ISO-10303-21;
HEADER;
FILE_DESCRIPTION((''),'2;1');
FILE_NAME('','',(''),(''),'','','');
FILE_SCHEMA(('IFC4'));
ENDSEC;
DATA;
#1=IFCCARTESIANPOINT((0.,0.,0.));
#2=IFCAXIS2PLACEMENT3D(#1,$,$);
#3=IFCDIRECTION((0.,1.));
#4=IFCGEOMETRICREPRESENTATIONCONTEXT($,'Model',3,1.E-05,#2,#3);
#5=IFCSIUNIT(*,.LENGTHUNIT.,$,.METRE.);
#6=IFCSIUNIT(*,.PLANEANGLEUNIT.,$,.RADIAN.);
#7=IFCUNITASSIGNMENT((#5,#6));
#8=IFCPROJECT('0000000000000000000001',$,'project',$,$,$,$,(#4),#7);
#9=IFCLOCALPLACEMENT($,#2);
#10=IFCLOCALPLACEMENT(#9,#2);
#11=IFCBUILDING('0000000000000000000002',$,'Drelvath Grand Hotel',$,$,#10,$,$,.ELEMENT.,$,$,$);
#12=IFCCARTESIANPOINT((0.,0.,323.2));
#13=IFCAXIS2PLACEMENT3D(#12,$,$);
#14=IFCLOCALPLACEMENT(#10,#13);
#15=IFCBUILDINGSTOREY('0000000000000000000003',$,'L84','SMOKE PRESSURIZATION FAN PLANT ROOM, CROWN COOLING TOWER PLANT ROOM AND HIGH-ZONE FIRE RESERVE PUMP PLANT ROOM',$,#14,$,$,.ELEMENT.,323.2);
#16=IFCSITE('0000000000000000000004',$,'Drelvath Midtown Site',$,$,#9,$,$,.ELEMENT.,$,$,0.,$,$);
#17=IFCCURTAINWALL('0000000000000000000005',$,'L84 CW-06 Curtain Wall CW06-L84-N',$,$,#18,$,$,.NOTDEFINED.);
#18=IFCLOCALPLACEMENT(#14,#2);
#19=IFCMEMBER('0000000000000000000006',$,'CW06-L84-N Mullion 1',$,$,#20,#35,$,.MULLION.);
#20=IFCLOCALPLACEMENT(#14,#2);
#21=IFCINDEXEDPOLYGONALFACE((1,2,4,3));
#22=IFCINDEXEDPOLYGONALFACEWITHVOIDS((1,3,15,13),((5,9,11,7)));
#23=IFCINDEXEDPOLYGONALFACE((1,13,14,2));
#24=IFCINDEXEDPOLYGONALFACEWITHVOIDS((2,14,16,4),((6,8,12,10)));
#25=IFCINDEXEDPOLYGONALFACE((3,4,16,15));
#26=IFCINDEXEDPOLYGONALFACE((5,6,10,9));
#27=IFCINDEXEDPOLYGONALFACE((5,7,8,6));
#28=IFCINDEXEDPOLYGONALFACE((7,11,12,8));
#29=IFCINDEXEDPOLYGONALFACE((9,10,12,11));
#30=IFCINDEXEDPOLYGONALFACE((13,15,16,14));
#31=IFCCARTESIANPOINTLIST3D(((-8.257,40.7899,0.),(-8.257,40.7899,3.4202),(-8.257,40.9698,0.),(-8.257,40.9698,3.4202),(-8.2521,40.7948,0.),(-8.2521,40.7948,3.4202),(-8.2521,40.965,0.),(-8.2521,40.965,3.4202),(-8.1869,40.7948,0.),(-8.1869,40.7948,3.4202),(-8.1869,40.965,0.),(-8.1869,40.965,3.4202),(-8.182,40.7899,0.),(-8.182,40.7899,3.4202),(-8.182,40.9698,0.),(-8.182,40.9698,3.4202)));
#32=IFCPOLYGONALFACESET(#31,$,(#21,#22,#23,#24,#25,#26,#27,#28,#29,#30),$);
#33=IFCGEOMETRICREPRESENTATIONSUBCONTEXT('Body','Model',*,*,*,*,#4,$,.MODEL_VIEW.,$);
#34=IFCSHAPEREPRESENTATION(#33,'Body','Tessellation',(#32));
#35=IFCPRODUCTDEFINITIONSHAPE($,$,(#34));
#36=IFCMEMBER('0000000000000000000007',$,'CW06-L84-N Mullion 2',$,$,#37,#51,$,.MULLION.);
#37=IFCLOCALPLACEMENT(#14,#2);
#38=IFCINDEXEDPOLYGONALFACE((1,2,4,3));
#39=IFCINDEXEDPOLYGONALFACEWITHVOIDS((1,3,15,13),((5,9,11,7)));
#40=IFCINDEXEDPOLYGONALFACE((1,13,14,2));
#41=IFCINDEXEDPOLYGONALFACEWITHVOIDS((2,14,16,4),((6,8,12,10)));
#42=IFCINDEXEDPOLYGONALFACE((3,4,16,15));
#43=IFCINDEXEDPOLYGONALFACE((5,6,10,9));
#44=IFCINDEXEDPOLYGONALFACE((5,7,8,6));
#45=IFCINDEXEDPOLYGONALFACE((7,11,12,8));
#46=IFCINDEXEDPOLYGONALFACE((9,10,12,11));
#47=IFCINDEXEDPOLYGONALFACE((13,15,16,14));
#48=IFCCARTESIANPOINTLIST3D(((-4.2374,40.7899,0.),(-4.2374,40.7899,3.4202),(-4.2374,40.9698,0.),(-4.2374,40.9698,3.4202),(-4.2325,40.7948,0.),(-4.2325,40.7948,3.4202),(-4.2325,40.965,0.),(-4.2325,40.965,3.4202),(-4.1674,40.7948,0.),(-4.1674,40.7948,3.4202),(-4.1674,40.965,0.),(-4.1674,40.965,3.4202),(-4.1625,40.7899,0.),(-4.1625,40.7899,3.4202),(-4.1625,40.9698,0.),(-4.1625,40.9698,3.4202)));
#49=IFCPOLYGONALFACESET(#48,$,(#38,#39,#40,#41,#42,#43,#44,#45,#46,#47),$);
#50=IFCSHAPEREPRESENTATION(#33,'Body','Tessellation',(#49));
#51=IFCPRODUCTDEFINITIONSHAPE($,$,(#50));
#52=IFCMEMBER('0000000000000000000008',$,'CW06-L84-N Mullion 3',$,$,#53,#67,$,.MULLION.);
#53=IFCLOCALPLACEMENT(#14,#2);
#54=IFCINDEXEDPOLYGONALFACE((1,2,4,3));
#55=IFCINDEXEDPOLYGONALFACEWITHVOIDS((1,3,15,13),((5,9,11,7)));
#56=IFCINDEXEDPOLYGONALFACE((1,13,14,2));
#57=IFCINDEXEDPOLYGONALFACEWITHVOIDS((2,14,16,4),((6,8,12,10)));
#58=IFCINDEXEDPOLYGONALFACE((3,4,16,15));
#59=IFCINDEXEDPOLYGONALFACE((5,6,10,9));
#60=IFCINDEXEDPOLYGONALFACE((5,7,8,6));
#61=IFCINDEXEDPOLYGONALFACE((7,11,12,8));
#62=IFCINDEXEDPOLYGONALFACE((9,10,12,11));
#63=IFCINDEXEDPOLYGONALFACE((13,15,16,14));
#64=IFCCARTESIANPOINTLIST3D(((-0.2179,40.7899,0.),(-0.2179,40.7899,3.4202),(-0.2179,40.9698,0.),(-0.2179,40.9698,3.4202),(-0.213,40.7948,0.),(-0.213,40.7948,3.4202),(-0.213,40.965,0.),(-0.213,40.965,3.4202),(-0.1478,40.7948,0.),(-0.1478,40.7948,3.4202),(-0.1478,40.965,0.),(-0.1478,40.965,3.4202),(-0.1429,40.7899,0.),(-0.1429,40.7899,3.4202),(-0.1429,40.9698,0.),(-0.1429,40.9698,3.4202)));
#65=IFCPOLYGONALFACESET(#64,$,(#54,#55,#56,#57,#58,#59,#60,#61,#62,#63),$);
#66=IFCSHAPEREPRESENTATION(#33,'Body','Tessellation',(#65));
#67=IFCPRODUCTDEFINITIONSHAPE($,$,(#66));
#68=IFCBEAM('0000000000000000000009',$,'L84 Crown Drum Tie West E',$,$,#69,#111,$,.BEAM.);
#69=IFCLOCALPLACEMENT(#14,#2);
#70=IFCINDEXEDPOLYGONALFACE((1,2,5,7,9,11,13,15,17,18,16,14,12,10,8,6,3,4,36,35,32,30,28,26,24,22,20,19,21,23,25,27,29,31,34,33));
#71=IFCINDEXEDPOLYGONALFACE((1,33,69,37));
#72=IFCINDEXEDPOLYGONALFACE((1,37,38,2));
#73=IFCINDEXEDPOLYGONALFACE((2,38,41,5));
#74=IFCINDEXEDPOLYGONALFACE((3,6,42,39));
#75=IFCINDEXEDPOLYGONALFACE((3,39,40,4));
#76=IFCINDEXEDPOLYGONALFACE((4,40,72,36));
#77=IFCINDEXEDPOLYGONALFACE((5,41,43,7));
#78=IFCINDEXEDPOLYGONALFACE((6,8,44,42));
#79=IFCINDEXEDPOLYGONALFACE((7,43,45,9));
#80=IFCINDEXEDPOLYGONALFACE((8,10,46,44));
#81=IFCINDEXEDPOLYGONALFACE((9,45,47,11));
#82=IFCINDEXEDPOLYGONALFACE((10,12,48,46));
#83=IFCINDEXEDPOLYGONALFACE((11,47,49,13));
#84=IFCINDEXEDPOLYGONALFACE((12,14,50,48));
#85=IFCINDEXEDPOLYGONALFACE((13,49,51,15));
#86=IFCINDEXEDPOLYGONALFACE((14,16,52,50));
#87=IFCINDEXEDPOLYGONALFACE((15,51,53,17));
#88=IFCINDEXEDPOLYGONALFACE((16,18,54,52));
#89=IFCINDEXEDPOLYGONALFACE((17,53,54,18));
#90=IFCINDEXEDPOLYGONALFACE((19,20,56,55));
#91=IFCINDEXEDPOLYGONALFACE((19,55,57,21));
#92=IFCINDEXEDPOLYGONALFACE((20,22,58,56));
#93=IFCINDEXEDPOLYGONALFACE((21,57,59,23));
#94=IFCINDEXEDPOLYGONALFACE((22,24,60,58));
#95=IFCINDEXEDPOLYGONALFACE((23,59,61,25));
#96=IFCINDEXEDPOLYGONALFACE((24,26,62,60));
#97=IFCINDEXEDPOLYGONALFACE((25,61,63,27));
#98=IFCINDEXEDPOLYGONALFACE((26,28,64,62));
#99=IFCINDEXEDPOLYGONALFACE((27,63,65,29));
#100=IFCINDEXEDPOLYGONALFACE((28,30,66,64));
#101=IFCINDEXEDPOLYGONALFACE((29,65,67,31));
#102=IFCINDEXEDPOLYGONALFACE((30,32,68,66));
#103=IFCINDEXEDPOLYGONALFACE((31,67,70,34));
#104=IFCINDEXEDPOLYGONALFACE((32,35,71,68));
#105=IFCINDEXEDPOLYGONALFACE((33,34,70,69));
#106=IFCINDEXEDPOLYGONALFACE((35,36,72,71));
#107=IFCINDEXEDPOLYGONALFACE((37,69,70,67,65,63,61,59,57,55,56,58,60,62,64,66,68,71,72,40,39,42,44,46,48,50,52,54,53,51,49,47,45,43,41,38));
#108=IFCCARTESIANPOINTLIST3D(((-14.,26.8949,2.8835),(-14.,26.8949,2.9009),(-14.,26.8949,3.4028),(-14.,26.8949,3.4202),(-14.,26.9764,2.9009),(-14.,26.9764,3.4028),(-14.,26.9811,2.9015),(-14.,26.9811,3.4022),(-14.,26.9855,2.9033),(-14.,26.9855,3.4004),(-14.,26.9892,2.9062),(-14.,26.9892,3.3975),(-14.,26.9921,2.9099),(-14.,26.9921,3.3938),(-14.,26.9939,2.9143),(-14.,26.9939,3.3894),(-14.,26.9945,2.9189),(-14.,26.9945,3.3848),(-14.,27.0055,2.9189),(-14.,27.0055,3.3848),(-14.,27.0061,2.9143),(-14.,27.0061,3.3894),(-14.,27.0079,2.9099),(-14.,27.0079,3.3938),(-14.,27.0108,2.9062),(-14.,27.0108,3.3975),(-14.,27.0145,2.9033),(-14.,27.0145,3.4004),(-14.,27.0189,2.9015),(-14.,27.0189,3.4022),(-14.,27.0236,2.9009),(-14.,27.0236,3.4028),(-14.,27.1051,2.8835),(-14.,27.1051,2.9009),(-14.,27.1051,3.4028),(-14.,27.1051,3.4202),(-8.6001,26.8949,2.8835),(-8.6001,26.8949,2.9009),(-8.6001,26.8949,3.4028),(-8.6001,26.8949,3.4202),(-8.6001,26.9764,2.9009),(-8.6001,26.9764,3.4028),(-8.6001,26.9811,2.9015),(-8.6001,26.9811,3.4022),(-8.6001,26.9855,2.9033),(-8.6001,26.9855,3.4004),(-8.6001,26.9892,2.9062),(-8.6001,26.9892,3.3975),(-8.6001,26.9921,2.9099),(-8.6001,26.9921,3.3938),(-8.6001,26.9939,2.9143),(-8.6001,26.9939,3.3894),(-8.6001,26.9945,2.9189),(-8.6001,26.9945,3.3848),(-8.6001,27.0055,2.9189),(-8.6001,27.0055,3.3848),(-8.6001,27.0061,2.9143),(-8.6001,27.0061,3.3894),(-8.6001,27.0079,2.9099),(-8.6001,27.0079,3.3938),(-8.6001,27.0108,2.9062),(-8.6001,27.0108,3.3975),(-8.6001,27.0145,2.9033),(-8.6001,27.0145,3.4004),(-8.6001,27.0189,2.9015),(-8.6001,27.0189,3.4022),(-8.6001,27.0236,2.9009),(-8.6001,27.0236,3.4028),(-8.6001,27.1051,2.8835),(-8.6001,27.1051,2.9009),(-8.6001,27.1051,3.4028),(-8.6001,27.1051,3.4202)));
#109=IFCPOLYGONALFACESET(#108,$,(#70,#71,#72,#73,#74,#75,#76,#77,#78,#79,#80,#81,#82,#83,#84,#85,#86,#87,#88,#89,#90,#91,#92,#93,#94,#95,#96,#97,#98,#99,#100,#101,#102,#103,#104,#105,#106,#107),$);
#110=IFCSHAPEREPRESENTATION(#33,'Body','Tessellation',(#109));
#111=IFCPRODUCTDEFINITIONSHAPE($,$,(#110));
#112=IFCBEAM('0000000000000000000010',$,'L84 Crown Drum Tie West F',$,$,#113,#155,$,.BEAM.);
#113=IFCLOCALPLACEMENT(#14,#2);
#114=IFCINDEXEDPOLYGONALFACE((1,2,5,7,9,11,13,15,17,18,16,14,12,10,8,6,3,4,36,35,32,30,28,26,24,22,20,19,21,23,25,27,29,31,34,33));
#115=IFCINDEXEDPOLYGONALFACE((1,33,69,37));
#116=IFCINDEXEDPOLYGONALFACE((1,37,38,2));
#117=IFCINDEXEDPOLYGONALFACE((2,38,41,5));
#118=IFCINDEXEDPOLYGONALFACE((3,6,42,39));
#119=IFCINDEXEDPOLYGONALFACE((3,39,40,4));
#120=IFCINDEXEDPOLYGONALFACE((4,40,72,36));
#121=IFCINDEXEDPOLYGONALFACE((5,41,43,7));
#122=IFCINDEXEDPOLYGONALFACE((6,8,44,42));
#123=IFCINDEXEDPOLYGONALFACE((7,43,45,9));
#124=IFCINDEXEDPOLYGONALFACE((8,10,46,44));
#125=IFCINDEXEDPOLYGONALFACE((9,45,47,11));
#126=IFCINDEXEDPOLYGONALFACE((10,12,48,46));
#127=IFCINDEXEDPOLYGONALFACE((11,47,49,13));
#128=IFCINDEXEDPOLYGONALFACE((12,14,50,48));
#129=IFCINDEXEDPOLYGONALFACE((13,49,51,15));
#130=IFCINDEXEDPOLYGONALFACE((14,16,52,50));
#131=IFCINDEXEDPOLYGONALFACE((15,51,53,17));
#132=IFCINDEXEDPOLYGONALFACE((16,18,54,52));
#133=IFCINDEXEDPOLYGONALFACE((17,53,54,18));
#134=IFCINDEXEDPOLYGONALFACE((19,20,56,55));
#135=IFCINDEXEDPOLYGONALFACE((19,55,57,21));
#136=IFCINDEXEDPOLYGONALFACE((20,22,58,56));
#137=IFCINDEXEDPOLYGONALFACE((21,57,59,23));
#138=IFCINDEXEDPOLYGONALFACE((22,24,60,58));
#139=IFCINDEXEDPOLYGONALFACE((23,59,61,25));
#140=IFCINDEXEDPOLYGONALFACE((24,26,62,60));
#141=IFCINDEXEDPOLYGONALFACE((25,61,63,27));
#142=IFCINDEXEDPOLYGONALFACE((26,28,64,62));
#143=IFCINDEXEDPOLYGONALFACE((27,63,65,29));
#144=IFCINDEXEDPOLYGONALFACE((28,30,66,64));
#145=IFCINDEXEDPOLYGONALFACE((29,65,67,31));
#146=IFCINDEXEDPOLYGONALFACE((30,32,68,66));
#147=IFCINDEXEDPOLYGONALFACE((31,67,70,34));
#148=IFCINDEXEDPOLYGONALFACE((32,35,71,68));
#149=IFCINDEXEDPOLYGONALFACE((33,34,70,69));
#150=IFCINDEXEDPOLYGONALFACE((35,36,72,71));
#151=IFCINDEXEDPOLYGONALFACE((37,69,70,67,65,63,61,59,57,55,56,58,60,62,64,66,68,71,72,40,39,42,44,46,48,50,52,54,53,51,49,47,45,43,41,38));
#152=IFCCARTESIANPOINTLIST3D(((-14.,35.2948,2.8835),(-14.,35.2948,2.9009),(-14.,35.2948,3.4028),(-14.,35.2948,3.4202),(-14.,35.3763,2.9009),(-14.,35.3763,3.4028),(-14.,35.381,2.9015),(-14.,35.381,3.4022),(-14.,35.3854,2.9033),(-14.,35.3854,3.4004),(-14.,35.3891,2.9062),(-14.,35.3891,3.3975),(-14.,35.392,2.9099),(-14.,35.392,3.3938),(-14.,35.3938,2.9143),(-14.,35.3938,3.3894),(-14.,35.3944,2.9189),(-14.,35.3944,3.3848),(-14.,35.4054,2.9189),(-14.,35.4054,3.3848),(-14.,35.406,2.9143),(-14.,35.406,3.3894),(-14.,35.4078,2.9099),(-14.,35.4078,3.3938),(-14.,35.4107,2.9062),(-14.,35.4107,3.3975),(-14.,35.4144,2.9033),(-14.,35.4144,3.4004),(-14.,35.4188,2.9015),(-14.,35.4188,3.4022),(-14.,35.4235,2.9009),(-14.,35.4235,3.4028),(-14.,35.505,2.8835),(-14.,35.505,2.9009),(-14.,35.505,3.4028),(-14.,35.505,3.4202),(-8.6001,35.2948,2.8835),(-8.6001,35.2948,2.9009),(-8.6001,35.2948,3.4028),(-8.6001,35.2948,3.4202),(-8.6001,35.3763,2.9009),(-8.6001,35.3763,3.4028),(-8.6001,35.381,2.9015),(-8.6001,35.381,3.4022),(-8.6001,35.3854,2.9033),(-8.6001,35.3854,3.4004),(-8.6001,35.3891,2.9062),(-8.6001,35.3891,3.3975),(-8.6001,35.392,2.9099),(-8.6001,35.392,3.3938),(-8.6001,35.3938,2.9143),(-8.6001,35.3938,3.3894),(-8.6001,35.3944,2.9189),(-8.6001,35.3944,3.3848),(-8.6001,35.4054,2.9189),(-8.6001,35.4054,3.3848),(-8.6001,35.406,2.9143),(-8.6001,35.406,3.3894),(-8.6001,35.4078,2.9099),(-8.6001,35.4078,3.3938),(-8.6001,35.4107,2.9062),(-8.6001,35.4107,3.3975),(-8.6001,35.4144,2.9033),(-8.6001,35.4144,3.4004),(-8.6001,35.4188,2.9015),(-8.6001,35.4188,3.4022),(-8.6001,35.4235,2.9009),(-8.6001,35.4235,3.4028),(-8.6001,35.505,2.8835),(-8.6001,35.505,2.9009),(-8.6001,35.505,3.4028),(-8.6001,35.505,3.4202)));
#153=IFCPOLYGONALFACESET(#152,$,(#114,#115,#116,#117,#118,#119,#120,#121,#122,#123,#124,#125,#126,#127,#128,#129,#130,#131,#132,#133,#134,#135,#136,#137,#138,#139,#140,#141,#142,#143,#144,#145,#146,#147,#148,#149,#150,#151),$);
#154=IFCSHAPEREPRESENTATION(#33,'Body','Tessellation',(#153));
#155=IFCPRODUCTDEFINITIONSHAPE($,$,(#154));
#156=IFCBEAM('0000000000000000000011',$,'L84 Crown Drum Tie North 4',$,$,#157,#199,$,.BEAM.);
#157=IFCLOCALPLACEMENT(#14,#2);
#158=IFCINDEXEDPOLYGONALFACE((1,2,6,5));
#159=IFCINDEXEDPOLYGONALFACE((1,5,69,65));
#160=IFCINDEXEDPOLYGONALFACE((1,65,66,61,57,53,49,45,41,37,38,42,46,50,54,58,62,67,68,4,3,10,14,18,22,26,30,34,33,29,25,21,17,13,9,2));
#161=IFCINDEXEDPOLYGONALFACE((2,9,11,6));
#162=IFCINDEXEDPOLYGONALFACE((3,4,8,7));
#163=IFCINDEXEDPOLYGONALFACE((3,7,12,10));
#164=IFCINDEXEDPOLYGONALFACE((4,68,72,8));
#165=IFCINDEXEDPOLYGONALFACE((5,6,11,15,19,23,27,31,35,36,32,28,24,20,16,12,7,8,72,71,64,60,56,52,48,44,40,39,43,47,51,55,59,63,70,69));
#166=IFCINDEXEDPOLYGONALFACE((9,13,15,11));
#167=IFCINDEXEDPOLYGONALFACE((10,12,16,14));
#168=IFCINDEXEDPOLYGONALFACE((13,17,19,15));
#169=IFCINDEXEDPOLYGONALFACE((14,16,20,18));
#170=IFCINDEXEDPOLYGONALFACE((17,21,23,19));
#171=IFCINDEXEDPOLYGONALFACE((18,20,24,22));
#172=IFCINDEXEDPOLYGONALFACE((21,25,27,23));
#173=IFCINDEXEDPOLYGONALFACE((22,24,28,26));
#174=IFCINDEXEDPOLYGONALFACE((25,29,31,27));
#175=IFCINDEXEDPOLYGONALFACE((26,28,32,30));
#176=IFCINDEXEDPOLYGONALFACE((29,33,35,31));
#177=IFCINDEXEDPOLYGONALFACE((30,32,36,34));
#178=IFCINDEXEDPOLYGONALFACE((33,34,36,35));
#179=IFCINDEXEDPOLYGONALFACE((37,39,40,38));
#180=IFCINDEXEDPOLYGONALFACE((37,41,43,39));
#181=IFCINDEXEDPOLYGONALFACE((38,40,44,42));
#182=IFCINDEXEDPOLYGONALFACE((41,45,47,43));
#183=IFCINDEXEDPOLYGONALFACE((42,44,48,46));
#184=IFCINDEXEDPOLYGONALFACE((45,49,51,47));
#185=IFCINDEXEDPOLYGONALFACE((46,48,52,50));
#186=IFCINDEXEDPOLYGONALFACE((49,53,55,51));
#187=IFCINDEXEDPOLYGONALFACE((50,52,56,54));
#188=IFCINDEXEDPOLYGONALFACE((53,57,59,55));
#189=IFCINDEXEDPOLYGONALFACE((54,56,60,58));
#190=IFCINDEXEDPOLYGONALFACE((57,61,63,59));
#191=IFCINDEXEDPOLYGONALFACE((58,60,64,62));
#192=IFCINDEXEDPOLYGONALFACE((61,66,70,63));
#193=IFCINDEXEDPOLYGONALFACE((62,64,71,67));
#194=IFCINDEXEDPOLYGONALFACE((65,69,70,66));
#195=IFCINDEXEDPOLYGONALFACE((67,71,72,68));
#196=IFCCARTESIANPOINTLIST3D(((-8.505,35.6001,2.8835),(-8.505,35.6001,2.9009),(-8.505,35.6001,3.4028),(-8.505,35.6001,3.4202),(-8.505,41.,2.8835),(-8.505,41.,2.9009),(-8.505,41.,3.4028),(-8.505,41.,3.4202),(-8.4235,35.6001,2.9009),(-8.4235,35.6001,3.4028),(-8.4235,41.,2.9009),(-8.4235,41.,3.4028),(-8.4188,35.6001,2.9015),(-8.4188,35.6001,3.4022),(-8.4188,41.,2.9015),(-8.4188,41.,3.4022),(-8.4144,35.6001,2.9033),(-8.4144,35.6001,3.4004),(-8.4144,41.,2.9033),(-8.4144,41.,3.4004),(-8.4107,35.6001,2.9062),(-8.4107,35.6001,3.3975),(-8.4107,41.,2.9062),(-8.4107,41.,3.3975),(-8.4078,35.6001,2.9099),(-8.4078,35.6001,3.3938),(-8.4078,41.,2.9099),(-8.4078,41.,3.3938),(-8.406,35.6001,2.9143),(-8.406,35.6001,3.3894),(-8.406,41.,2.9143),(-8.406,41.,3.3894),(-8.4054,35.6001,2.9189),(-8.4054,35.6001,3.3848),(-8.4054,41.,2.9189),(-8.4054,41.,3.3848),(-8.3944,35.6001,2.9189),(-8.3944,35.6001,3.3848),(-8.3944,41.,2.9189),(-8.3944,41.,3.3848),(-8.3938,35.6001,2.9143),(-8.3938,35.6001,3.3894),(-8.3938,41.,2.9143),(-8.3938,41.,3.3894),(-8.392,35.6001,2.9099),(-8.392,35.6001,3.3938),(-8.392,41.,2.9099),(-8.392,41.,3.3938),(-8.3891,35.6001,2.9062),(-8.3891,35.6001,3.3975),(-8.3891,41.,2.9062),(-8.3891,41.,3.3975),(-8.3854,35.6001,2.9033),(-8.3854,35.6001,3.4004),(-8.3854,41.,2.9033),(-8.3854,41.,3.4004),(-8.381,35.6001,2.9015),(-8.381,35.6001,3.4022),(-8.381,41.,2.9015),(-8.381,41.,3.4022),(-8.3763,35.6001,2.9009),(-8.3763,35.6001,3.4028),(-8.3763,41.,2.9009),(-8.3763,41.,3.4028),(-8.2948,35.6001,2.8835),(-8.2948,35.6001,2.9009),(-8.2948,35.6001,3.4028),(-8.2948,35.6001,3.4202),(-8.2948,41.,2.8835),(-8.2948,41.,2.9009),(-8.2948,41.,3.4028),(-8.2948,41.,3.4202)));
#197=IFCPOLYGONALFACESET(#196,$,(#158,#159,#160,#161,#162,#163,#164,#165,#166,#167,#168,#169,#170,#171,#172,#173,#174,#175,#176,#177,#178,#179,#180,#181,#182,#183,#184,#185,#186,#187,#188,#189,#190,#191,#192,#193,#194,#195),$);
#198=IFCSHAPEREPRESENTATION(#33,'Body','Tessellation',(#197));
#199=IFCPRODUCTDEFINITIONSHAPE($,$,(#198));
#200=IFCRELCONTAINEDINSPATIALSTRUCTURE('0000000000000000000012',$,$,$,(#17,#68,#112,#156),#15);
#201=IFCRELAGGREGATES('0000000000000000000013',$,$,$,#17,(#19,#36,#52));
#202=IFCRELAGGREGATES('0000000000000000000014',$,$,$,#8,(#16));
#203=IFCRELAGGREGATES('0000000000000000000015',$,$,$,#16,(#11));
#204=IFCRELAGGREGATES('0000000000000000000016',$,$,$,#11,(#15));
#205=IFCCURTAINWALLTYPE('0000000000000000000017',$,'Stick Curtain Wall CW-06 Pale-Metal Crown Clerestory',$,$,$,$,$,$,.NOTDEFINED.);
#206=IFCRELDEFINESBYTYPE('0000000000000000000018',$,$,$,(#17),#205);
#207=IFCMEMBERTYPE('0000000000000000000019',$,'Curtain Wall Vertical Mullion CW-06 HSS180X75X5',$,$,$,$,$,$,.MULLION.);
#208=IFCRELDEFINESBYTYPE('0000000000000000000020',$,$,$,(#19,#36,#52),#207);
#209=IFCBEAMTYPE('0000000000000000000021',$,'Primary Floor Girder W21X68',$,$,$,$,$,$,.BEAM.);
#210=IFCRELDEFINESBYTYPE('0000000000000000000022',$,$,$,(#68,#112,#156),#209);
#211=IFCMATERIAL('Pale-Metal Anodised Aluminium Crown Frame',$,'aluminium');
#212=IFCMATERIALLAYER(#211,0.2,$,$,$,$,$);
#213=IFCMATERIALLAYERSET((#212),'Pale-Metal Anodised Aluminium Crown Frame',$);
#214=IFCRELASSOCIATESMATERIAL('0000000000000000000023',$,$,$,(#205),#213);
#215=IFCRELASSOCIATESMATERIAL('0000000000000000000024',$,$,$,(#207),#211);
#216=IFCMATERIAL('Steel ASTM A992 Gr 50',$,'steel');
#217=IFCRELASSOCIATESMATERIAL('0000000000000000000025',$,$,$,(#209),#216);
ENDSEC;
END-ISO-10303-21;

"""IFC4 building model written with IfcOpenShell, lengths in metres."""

from ifc_helpers import new_model, si_unit, direction, frame, origin, origin_2d, place, context, subcontext, project, spatial, hollow_rectangle, i_section, extrude, material, layer, layer_set, material_profile, profile_set, type_object, element, aggregate, save


model = new_model("IFC4")

# Units and contexts
model_context = context("Model", 3, precision=1e-05, world=origin(), true_north=direction((0.0, 1.0)))
body_context = subcontext(model_context, "Body", "Model", "MODEL_VIEW")
ifc_project = project(units=[si_unit("LENGTHUNIT", "METRE"), si_unit("PLANEANGLEUNIT", "RADIAN")], contexts=[model_context])

# Site, building, storey
site_placement = place(None, origin())
site = spatial("IfcSite", under=ifc_project, at=site_placement, Name="Drelvath Midtown Site", CompositionType="ELEMENT", RefElevation=0.0)
building_placement = place(site_placement, origin())
building = spatial("IfcBuilding", under=site, at=building_placement, Name="Drelvath Grand Hotel", CompositionType="ELEMENT")
storey_placement = place(building_placement, frame((0.0, 0.0, 323.2)))
storey = spatial("IfcBuildingStorey", under=building, at=storey_placement, Name="L84", Description="SMOKE PRESSURIZATION FAN PLANT ROOM, CROWN COOLING TOWER PLANT ROOM AND HIGH-ZONE FIRE RESERVE PUMP PLANT ROOM", CompositionType="ELEMENT", Elevation=323.2)

# Curtain wall
ifc_material_1 = material(Name="Pale-Metal Anodised Aluminium Crown Frame", Category="aluminium")
ifc_layer_1 = layer(ifc_material_1, 0.2)
ifc_layer_set_1 = layer_set([ifc_layer_1], Name="Pale-Metal Anodised Aluminium Crown Frame")
curtain_wall_type = type_object("IfcCurtainWallType", Name="Stick Curtain Wall CW-06 Pale-Metal Crown Clerestory", PredefinedType="NOTDEFINED", material=ifc_layer_set_1)
curtain_wall_1_placement = place(storey_placement, origin())
curtain_wall_1 = element("IfcCurtainWall", 1, at=curtain_wall_1_placement, inside=storey, type_object=curtain_wall_type, Name="L84 CW-06 Curtain Wall CW06-L84-N", PredefinedType="NOTDEFINED")
ifc_material_profile_1 = material_profile(ifc_material_1, hollow_rectangle(XDim=0.075, YDim=0.1799, WallThickness=0.0049, at=origin_2d()), Name="HSS180X75X5")
ifc_profile_set_1 = profile_set([ifc_material_profile_1], Name="Pale-Metal Anodised Aluminium Crown Frame")
member_type_1 = type_object("IfcMemberType", Name="Curtain Wall Vertical Mullion CW-06 HSS180X75X5", PredefinedType="MULLION", material=ifc_profile_set_1)

# Members
member_1_placement = place(storey_placement, frame((-8.2195, 40.8799, 0.0), z_axis=(0.0, 0.0, 1.0), x_axis=(1.0, 0.0, 0.0)))
member_1 = element("IfcMember", 2, at=member_1_placement, type_object=member_type_1, Name="CW06-L84-N Mullion 1", PredefinedType="MULLION", context=body_context, shape_type="SweptSolid", body=[
    extrude(hollow_rectangle(XDim=0.075, YDim=0.1799, WallThickness=0.0049, at=origin_2d()), origin(), (0.0, 0.0, 1.0), 3.4202),
])
member_2_placement = place(storey_placement, frame((-4.2, 40.8799, 0.0), z_axis=(0.0, 0.0, 1.0), x_axis=(1.0, 0.0, 0.0)))
member_2 = element("IfcMember", 3, at=member_2_placement, type_object=member_type_1, Name="CW06-L84-N Mullion 2", PredefinedType="MULLION", context=body_context, shape_type="SweptSolid", body=[
    extrude(hollow_rectangle(XDim=0.075, YDim=0.1799, WallThickness=0.0049, at=origin_2d()), origin(), (0.0, 0.0, 1.0), 3.4202),
])
member_3_placement = place(storey_placement, frame((-0.1804, 40.8799, 0.0), z_axis=(0.0, 0.0, 1.0), x_axis=(1.0, 0.0, 0.0)))
member_3 = element("IfcMember", 4, at=member_3_placement, type_object=member_type_1, Name="CW06-L84-N Mullion 3", PredefinedType="MULLION", context=body_context, shape_type="SweptSolid", body=[
    extrude(hollow_rectangle(XDim=0.075, YDim=0.1799, WallThickness=0.0049, at=origin_2d()), origin(), (0.0, 0.0, 1.0), 3.4202),
])

# Beams
ifc_material_2 = material(Name="Steel ASTM A992 Gr 50", Category="steel")
ifc_material_profile_2 = material_profile(ifc_material_2, i_section(OverallWidth=0.2102, OverallDepth=0.5366, WebThickness=0.011, FlangeThickness=0.0173, FilletRadius=0.0181, at=origin_2d()), Name="W21X68")
ifc_profile_set_2 = profile_set([ifc_material_profile_2], Name="Steel ASTM A992 Gr 50")
beam_type_1 = type_object("IfcBeamType", Name="Primary Floor Girder W21X68", PredefinedType="BEAM", material=ifc_profile_set_2)
for number, where, z_axis, x_axis, name in (
    (5, (-14.0, 27.0, 3.1519), (1.0, 0.0, 0.0), (0.0, 1.0, 0.0), "L84 Crown Drum Tie West E"),
    (6, (-14.0, 35.3999, 3.1519), (1.0, 0.0, 0.0), (0.0, 1.0, 0.0), "L84 Crown Drum Tie West F"),
    (7, (-8.3999, 35.6001, 3.1519), (0.0, 1.0, 0.0), (-1.0, 0.0, 0.0), "L84 Crown Drum Tie North 4"),
):
    element("IfcBeam", number, at=place(storey_placement, frame(where, z_axis=z_axis, x_axis=x_axis)), inside=storey, type_object=beam_type_1, Name=name, PredefinedType="BEAM", context=body_context, shape_type="SweptSolid", body=[
        extrude(i_section(OverallWidth=0.2102, OverallDepth=0.5366, WebThickness=0.011, FlangeThickness=0.0173, FilletRadius=0.0181, at=origin_2d()), origin(), (0.0, 0.0, 1.0), 5.3999),
    ])

aggregate(curtain_wall_1, [member_1, member_2, member_3])

save(model, "model.ifc")
